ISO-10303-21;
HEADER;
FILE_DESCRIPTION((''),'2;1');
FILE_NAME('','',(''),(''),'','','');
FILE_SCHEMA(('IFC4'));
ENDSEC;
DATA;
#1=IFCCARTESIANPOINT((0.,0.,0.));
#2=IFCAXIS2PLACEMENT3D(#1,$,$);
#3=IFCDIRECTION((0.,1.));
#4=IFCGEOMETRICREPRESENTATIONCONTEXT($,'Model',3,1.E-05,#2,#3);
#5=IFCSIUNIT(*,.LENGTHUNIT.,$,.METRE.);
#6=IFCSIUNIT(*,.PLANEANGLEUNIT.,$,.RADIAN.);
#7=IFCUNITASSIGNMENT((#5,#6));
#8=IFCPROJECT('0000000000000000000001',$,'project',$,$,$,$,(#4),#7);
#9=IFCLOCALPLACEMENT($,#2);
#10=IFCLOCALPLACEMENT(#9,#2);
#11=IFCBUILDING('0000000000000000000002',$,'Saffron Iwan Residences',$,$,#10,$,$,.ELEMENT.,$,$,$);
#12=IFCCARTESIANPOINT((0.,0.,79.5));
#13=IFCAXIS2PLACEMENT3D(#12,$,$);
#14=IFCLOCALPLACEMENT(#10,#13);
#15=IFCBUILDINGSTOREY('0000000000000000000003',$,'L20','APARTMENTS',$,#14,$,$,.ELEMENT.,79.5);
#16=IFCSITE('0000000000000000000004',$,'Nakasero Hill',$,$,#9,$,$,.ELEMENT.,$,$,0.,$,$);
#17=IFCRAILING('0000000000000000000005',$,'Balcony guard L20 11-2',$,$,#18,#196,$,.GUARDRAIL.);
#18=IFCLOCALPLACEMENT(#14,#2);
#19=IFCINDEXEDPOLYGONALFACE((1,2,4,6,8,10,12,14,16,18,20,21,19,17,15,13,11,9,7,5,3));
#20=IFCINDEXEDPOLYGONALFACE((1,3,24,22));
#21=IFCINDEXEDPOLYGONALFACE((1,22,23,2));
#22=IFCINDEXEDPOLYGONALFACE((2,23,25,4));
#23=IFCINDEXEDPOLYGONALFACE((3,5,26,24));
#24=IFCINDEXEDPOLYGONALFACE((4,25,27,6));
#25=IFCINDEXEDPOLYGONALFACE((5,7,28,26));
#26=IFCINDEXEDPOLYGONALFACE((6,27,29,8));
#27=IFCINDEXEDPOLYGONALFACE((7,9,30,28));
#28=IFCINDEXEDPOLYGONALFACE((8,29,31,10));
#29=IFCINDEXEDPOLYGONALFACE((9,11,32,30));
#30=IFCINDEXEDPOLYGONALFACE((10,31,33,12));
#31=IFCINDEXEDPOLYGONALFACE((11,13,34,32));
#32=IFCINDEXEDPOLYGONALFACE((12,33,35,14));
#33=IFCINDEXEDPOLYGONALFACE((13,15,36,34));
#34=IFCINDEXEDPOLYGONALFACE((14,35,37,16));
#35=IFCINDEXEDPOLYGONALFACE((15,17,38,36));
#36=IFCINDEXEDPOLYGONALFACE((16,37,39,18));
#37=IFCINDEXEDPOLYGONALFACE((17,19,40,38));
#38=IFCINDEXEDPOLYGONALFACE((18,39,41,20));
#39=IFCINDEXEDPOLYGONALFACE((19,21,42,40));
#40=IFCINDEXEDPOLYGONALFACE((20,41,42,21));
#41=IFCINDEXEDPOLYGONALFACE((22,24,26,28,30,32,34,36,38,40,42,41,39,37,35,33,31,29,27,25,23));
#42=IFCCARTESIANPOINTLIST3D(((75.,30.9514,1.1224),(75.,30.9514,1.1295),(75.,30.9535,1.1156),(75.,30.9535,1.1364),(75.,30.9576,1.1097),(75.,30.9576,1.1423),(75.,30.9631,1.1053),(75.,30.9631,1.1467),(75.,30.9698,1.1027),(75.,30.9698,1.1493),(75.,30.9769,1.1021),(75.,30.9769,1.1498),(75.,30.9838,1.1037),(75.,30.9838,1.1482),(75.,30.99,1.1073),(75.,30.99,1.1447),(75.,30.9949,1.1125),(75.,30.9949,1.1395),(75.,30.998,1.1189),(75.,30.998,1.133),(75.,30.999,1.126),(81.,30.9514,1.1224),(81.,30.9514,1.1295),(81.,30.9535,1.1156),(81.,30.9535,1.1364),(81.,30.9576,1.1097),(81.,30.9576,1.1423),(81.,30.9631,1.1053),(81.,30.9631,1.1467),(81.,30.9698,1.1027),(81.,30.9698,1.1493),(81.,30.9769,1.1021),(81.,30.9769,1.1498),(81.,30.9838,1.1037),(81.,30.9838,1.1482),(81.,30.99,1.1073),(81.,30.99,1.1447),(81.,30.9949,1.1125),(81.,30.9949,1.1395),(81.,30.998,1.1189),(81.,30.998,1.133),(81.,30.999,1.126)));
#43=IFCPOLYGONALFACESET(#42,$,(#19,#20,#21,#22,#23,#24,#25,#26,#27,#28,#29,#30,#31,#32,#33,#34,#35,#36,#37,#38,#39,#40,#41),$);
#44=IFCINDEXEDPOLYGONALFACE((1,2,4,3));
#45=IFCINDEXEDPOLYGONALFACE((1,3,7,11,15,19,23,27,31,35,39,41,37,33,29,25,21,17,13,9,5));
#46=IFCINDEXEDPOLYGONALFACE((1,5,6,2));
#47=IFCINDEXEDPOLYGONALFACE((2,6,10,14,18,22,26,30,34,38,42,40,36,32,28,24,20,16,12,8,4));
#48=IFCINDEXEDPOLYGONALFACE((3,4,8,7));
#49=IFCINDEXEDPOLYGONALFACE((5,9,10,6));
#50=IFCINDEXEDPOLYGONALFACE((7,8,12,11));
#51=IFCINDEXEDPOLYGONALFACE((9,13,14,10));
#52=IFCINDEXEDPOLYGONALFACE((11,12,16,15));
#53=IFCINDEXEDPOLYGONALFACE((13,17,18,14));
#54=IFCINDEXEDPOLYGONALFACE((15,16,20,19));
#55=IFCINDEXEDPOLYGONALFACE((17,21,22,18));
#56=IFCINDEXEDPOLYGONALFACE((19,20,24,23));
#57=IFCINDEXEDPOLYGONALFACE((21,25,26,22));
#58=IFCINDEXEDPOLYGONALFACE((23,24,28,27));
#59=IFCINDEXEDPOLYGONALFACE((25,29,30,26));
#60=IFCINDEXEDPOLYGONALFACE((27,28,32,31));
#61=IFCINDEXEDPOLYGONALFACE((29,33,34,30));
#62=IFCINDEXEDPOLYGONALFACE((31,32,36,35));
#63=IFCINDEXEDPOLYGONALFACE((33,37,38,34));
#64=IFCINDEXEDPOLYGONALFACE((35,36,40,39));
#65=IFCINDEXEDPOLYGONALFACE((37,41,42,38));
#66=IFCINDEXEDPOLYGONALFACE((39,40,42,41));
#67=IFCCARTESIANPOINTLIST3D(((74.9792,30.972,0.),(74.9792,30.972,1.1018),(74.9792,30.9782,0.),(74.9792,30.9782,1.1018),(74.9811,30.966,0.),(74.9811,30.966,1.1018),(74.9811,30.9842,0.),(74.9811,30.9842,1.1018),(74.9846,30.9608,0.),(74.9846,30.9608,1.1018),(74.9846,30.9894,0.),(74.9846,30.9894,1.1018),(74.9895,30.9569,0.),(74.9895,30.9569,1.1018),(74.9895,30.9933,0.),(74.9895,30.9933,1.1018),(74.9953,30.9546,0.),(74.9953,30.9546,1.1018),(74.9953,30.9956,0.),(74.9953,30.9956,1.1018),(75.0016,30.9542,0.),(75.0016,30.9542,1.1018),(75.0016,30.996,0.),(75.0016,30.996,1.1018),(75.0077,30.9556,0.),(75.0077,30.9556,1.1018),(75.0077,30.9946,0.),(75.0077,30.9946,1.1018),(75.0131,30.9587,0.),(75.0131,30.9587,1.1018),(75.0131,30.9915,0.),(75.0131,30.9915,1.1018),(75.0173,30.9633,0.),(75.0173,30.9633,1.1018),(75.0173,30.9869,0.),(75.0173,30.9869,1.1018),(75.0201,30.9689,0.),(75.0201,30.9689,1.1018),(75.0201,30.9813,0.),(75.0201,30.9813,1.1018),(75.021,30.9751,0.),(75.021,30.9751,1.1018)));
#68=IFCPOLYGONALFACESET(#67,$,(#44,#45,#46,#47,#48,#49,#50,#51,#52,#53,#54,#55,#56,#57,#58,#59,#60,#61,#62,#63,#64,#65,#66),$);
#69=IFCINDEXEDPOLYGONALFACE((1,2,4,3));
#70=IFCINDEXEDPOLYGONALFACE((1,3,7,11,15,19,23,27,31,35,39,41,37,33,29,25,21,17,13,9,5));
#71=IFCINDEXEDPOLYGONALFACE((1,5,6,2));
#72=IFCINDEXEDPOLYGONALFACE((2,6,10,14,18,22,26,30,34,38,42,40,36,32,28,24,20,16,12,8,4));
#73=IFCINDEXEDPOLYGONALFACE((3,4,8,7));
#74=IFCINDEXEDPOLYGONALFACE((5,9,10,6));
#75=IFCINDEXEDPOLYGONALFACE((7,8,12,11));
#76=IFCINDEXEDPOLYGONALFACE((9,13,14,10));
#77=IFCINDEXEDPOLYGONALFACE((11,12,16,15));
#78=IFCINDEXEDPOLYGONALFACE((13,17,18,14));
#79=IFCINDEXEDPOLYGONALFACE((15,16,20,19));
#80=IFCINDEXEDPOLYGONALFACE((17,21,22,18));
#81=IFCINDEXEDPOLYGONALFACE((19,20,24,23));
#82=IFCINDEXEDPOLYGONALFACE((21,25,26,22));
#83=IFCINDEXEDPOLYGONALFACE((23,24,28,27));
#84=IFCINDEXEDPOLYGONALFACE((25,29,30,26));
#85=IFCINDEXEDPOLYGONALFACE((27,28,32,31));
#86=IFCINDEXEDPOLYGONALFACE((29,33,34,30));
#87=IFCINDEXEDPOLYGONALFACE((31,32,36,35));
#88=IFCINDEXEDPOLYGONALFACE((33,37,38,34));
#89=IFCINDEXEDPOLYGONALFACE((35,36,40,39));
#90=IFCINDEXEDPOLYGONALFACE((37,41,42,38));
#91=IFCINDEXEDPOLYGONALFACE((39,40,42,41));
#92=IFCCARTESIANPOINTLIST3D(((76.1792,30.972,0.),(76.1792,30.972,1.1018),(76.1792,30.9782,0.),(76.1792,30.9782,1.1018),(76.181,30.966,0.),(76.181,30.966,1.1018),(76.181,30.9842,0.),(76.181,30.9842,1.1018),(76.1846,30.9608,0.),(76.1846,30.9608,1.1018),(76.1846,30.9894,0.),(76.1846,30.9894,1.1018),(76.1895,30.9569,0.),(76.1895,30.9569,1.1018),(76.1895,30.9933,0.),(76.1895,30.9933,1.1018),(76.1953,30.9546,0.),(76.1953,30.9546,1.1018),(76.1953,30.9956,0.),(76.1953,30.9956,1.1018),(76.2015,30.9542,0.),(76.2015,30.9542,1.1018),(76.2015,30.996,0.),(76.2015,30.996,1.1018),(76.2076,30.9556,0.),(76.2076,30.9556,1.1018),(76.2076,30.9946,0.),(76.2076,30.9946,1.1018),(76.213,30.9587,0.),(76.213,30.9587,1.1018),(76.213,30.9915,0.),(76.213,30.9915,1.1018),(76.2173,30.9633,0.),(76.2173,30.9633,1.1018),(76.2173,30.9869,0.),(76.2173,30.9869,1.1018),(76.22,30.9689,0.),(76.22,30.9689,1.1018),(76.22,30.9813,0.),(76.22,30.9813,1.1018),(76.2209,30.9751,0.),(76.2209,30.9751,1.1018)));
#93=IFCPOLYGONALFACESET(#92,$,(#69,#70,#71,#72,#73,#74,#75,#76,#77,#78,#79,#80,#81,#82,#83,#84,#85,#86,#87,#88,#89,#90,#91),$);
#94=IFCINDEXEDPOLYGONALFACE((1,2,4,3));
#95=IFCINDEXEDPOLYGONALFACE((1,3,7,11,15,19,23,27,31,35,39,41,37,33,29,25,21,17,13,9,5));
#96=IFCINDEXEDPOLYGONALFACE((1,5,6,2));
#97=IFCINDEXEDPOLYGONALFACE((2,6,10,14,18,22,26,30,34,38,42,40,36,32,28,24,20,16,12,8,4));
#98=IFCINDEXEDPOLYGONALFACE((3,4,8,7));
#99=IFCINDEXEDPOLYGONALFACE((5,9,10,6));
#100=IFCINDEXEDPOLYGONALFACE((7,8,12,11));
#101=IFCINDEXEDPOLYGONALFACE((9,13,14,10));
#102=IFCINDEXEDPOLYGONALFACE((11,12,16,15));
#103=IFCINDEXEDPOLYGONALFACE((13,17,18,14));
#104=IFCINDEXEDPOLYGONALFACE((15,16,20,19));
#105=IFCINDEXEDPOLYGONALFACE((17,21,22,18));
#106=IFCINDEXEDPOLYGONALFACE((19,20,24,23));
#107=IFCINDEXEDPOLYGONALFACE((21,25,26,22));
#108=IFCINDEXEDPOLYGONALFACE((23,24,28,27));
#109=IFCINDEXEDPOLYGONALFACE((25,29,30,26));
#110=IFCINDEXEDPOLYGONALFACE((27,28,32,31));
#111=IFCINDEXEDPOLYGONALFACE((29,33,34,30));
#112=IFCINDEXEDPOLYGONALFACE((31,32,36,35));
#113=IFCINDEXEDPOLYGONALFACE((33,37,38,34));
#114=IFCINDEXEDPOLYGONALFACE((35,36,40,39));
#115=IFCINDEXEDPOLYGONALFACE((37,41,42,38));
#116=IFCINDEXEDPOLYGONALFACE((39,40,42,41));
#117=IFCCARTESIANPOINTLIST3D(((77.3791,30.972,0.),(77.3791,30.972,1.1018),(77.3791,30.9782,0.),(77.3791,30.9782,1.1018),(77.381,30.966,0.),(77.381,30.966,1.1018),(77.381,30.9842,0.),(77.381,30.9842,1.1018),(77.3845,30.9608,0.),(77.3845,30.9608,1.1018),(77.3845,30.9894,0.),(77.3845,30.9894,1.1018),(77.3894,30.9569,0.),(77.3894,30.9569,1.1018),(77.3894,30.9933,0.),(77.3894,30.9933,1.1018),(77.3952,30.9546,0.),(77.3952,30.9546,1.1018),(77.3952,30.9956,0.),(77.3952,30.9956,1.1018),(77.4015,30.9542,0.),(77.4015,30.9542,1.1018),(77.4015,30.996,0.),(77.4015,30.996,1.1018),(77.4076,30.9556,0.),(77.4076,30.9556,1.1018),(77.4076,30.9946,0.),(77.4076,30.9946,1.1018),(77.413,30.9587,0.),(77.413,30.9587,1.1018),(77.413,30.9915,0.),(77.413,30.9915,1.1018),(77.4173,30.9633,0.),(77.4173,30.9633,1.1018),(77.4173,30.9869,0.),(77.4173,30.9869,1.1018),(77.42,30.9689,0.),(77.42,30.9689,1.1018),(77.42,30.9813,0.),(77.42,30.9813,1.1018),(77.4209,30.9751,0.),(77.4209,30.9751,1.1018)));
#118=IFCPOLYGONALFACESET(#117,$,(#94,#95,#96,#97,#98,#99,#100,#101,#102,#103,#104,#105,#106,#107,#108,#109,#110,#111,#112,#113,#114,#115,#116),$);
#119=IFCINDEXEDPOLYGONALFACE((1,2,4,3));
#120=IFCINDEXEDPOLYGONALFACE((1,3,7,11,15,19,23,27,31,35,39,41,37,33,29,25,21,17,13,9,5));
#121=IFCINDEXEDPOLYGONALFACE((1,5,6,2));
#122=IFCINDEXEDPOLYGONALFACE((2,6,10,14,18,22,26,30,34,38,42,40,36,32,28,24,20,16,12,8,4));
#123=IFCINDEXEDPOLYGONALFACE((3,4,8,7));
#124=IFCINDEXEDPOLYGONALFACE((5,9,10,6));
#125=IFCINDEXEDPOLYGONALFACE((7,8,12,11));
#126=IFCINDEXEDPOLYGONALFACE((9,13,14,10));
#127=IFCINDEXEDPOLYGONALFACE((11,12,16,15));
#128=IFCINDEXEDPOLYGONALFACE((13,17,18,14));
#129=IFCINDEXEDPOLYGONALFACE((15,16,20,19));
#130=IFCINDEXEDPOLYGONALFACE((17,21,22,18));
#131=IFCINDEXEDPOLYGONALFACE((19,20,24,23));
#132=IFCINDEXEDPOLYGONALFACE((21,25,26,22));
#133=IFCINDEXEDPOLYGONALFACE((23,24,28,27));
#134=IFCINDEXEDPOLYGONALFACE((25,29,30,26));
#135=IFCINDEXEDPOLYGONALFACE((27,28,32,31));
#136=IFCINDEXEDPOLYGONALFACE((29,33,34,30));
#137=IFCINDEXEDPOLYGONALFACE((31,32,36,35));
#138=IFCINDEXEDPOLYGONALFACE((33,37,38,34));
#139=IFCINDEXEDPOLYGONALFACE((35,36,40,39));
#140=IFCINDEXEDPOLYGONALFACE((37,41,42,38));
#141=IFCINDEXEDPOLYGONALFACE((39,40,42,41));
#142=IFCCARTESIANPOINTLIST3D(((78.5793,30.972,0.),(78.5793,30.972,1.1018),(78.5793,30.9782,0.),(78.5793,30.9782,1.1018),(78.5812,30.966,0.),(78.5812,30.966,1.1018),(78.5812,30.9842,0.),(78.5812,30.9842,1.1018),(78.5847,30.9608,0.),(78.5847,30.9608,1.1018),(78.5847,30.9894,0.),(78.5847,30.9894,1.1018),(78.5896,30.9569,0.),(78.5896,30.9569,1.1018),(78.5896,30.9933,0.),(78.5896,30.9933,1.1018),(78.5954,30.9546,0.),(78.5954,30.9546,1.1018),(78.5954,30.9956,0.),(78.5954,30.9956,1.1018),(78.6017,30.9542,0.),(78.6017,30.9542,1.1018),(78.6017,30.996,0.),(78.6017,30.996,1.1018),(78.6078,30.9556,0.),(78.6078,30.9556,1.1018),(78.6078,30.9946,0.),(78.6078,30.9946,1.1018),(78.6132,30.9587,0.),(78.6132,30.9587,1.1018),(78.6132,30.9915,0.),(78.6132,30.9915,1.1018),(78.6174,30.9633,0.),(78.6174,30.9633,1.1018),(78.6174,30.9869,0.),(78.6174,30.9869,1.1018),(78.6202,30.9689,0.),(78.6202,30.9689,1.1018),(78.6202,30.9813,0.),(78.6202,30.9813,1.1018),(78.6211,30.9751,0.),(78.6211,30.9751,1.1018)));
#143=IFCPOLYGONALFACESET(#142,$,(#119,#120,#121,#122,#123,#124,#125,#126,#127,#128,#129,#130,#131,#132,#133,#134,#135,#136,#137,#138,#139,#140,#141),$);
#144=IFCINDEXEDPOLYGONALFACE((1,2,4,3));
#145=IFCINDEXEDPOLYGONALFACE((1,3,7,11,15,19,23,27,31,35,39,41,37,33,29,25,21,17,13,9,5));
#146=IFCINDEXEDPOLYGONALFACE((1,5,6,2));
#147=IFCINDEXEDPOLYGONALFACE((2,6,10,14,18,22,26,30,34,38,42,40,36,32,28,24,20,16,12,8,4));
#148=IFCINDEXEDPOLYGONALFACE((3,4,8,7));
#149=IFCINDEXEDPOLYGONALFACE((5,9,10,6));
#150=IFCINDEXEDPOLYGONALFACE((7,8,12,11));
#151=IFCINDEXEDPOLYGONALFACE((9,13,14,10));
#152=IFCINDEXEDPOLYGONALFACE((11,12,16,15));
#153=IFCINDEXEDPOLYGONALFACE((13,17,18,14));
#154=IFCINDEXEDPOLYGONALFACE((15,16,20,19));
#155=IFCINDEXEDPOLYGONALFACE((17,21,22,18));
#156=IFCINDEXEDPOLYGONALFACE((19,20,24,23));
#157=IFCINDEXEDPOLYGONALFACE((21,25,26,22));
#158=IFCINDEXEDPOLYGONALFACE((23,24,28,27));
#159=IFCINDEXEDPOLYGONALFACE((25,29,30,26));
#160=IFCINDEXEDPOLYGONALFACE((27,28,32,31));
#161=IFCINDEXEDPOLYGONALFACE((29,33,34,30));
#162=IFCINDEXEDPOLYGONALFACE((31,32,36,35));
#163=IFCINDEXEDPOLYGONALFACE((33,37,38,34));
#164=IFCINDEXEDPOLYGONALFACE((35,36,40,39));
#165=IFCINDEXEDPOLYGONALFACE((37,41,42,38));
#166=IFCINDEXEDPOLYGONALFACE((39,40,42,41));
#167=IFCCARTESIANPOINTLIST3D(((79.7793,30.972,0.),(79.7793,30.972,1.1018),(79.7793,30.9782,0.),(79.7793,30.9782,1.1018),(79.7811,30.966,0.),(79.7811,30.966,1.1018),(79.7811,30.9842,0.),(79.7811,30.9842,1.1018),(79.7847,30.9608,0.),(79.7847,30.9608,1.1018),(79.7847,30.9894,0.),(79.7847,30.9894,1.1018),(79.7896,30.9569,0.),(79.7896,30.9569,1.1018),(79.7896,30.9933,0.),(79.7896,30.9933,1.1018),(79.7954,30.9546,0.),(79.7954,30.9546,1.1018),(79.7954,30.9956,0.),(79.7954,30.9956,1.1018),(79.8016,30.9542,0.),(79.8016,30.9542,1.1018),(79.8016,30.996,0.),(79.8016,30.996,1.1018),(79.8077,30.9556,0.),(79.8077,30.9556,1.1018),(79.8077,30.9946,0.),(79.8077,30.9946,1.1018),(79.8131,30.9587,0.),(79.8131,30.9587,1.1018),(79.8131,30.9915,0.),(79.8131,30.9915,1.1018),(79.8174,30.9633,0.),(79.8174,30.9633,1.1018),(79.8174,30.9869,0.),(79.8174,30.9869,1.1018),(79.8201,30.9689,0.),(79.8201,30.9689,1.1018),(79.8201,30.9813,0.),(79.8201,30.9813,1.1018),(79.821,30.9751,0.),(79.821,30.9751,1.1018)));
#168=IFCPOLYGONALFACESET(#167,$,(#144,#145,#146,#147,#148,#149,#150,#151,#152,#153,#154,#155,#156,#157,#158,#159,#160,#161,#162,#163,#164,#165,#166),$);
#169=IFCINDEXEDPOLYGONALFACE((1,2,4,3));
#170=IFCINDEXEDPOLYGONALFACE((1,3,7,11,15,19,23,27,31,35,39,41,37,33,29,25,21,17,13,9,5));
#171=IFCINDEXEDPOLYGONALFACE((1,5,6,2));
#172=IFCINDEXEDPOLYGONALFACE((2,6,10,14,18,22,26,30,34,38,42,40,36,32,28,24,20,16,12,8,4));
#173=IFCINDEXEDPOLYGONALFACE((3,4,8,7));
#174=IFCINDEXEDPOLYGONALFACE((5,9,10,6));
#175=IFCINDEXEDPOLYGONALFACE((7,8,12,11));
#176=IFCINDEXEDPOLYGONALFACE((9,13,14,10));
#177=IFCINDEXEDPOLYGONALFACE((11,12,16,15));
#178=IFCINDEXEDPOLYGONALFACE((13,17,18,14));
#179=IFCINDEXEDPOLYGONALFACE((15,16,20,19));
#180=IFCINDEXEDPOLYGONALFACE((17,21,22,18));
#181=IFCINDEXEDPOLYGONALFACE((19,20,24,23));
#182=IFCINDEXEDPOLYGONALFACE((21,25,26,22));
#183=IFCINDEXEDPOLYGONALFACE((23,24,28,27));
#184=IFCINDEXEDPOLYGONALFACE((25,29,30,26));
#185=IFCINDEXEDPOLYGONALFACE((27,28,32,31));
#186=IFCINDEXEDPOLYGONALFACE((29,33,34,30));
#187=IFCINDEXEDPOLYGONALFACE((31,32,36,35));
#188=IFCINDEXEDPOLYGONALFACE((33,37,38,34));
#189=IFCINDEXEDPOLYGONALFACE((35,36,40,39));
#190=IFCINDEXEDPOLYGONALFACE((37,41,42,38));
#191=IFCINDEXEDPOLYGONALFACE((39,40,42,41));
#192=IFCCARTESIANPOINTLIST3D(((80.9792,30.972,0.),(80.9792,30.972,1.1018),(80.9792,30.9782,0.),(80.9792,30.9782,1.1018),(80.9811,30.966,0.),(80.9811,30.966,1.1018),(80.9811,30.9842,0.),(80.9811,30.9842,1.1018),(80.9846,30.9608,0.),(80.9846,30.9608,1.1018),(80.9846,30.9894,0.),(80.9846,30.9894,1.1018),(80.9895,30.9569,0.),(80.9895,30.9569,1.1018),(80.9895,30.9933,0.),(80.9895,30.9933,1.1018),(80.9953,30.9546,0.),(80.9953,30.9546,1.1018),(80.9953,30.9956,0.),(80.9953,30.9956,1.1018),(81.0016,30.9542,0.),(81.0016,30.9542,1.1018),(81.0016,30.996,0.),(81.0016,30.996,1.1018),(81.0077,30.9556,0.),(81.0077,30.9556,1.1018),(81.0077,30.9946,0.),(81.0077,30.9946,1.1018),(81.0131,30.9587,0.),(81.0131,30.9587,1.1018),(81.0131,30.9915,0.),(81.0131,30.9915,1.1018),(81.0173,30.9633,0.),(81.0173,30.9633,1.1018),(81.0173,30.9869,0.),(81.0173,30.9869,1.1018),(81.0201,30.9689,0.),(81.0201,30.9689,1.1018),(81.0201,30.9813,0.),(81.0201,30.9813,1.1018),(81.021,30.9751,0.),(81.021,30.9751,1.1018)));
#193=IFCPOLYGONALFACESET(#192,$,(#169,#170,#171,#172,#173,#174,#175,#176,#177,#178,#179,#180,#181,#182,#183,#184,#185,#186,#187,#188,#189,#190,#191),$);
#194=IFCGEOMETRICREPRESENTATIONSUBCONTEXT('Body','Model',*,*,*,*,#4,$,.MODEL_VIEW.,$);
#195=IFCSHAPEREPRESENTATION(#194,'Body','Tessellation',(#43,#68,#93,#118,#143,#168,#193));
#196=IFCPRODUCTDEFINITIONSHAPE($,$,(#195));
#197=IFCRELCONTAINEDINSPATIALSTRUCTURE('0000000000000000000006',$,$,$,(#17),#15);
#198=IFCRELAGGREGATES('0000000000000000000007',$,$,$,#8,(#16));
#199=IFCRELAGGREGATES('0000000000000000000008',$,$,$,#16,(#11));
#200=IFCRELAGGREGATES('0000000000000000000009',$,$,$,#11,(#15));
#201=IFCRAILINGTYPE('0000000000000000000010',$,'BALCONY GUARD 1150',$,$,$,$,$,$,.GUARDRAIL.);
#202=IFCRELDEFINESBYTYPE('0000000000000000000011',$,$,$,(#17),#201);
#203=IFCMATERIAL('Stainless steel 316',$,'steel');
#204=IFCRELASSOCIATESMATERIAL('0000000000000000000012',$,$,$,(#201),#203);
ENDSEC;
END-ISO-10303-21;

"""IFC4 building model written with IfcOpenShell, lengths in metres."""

from ifc_helpers import new_model, si_unit, direction, frame, origin, origin_2d, place, context, subcontext, project, spatial, circle, extrude, material, type_object, element, save


model = new_model("IFC4")

# Units and contexts
model_context = context("Model", 3, precision=1e-05, world=origin(), true_north=direction((0.0, 1.0)))
body_context = subcontext(model_context, "Body", "Model", "MODEL_VIEW")
ifc_project = project(units=[si_unit("LENGTHUNIT", "METRE"), si_unit("PLANEANGLEUNIT", "RADIAN")], contexts=[model_context])

# Site, building, storey
site_placement = place(None, origin())
site = spatial("IfcSite", under=ifc_project, at=site_placement, Name="Nakasero Hill", CompositionType="ELEMENT", RefElevation=0.0)
building_placement = place(site_placement, origin())
building = spatial("IfcBuilding", under=site, at=building_placement, Name="Saffron Iwan Residences", CompositionType="ELEMENT")
storey_placement = place(building_placement, frame((0.0, 0.0, 79.5)))
storey = spatial("IfcBuildingStorey", under=building, at=storey_placement, Name="L20", Description="APARTMENTS", CompositionType="ELEMENT", Elevation=79.5)

# Railing
ifc_material_1 = material(Name="Stainless steel 316", Category="steel")
railing_type = type_object("IfcRailingType", Name="BALCONY GUARD 1150", PredefinedType="GUARDRAIL", material=ifc_material_1)
railing_placement = place(storey_placement, frame((75.0, 30.9751, 0.0)))
element("IfcRailing", 1, at=railing_placement, inside=storey, type_object=railing_type, Name="Balcony guard L20 11-2", PredefinedType="GUARDRAIL", context=body_context, shape_type="SweptSolid", body=[
    extrude(circle(Radius=0.0239, at=origin_2d()), frame((0.0, 0.0, 1.126), z_axis=(1.0, 0.0, 0.0), x_axis=(0.0, 1.0, 0.0)), (0.0, 0.0, 1.0), 6.0),
    extrude(circle(Radius=0.021, at=origin_2d()), origin(), (0.0, 0.0, 1.0), 1.1018),
    extrude(circle(Radius=0.021, at=origin_2d()), frame((1.2, 0.0, 0.0)), (0.0, 0.0, 1.0), 1.1018),
    extrude(circle(Radius=0.021, at=origin_2d()), frame((2.3999, 0.0, 0.0)), (0.0, 0.0, 1.0), 1.1018),
    extrude(circle(Radius=0.021, at=origin_2d()), frame((3.6001, 0.0, 0.0)), (0.0, 0.0, 1.0), 1.1018),
    extrude(circle(Radius=0.021, at=origin_2d()), frame((4.8, 0.0, 0.0)), (0.0, 0.0, 1.0), 1.1018),
    extrude(circle(Radius=0.021, at=origin_2d()), frame((6.0, 0.0, 0.0)), (0.0, 0.0, 1.0), 1.1018),
])

save(model, "model.ifc")
